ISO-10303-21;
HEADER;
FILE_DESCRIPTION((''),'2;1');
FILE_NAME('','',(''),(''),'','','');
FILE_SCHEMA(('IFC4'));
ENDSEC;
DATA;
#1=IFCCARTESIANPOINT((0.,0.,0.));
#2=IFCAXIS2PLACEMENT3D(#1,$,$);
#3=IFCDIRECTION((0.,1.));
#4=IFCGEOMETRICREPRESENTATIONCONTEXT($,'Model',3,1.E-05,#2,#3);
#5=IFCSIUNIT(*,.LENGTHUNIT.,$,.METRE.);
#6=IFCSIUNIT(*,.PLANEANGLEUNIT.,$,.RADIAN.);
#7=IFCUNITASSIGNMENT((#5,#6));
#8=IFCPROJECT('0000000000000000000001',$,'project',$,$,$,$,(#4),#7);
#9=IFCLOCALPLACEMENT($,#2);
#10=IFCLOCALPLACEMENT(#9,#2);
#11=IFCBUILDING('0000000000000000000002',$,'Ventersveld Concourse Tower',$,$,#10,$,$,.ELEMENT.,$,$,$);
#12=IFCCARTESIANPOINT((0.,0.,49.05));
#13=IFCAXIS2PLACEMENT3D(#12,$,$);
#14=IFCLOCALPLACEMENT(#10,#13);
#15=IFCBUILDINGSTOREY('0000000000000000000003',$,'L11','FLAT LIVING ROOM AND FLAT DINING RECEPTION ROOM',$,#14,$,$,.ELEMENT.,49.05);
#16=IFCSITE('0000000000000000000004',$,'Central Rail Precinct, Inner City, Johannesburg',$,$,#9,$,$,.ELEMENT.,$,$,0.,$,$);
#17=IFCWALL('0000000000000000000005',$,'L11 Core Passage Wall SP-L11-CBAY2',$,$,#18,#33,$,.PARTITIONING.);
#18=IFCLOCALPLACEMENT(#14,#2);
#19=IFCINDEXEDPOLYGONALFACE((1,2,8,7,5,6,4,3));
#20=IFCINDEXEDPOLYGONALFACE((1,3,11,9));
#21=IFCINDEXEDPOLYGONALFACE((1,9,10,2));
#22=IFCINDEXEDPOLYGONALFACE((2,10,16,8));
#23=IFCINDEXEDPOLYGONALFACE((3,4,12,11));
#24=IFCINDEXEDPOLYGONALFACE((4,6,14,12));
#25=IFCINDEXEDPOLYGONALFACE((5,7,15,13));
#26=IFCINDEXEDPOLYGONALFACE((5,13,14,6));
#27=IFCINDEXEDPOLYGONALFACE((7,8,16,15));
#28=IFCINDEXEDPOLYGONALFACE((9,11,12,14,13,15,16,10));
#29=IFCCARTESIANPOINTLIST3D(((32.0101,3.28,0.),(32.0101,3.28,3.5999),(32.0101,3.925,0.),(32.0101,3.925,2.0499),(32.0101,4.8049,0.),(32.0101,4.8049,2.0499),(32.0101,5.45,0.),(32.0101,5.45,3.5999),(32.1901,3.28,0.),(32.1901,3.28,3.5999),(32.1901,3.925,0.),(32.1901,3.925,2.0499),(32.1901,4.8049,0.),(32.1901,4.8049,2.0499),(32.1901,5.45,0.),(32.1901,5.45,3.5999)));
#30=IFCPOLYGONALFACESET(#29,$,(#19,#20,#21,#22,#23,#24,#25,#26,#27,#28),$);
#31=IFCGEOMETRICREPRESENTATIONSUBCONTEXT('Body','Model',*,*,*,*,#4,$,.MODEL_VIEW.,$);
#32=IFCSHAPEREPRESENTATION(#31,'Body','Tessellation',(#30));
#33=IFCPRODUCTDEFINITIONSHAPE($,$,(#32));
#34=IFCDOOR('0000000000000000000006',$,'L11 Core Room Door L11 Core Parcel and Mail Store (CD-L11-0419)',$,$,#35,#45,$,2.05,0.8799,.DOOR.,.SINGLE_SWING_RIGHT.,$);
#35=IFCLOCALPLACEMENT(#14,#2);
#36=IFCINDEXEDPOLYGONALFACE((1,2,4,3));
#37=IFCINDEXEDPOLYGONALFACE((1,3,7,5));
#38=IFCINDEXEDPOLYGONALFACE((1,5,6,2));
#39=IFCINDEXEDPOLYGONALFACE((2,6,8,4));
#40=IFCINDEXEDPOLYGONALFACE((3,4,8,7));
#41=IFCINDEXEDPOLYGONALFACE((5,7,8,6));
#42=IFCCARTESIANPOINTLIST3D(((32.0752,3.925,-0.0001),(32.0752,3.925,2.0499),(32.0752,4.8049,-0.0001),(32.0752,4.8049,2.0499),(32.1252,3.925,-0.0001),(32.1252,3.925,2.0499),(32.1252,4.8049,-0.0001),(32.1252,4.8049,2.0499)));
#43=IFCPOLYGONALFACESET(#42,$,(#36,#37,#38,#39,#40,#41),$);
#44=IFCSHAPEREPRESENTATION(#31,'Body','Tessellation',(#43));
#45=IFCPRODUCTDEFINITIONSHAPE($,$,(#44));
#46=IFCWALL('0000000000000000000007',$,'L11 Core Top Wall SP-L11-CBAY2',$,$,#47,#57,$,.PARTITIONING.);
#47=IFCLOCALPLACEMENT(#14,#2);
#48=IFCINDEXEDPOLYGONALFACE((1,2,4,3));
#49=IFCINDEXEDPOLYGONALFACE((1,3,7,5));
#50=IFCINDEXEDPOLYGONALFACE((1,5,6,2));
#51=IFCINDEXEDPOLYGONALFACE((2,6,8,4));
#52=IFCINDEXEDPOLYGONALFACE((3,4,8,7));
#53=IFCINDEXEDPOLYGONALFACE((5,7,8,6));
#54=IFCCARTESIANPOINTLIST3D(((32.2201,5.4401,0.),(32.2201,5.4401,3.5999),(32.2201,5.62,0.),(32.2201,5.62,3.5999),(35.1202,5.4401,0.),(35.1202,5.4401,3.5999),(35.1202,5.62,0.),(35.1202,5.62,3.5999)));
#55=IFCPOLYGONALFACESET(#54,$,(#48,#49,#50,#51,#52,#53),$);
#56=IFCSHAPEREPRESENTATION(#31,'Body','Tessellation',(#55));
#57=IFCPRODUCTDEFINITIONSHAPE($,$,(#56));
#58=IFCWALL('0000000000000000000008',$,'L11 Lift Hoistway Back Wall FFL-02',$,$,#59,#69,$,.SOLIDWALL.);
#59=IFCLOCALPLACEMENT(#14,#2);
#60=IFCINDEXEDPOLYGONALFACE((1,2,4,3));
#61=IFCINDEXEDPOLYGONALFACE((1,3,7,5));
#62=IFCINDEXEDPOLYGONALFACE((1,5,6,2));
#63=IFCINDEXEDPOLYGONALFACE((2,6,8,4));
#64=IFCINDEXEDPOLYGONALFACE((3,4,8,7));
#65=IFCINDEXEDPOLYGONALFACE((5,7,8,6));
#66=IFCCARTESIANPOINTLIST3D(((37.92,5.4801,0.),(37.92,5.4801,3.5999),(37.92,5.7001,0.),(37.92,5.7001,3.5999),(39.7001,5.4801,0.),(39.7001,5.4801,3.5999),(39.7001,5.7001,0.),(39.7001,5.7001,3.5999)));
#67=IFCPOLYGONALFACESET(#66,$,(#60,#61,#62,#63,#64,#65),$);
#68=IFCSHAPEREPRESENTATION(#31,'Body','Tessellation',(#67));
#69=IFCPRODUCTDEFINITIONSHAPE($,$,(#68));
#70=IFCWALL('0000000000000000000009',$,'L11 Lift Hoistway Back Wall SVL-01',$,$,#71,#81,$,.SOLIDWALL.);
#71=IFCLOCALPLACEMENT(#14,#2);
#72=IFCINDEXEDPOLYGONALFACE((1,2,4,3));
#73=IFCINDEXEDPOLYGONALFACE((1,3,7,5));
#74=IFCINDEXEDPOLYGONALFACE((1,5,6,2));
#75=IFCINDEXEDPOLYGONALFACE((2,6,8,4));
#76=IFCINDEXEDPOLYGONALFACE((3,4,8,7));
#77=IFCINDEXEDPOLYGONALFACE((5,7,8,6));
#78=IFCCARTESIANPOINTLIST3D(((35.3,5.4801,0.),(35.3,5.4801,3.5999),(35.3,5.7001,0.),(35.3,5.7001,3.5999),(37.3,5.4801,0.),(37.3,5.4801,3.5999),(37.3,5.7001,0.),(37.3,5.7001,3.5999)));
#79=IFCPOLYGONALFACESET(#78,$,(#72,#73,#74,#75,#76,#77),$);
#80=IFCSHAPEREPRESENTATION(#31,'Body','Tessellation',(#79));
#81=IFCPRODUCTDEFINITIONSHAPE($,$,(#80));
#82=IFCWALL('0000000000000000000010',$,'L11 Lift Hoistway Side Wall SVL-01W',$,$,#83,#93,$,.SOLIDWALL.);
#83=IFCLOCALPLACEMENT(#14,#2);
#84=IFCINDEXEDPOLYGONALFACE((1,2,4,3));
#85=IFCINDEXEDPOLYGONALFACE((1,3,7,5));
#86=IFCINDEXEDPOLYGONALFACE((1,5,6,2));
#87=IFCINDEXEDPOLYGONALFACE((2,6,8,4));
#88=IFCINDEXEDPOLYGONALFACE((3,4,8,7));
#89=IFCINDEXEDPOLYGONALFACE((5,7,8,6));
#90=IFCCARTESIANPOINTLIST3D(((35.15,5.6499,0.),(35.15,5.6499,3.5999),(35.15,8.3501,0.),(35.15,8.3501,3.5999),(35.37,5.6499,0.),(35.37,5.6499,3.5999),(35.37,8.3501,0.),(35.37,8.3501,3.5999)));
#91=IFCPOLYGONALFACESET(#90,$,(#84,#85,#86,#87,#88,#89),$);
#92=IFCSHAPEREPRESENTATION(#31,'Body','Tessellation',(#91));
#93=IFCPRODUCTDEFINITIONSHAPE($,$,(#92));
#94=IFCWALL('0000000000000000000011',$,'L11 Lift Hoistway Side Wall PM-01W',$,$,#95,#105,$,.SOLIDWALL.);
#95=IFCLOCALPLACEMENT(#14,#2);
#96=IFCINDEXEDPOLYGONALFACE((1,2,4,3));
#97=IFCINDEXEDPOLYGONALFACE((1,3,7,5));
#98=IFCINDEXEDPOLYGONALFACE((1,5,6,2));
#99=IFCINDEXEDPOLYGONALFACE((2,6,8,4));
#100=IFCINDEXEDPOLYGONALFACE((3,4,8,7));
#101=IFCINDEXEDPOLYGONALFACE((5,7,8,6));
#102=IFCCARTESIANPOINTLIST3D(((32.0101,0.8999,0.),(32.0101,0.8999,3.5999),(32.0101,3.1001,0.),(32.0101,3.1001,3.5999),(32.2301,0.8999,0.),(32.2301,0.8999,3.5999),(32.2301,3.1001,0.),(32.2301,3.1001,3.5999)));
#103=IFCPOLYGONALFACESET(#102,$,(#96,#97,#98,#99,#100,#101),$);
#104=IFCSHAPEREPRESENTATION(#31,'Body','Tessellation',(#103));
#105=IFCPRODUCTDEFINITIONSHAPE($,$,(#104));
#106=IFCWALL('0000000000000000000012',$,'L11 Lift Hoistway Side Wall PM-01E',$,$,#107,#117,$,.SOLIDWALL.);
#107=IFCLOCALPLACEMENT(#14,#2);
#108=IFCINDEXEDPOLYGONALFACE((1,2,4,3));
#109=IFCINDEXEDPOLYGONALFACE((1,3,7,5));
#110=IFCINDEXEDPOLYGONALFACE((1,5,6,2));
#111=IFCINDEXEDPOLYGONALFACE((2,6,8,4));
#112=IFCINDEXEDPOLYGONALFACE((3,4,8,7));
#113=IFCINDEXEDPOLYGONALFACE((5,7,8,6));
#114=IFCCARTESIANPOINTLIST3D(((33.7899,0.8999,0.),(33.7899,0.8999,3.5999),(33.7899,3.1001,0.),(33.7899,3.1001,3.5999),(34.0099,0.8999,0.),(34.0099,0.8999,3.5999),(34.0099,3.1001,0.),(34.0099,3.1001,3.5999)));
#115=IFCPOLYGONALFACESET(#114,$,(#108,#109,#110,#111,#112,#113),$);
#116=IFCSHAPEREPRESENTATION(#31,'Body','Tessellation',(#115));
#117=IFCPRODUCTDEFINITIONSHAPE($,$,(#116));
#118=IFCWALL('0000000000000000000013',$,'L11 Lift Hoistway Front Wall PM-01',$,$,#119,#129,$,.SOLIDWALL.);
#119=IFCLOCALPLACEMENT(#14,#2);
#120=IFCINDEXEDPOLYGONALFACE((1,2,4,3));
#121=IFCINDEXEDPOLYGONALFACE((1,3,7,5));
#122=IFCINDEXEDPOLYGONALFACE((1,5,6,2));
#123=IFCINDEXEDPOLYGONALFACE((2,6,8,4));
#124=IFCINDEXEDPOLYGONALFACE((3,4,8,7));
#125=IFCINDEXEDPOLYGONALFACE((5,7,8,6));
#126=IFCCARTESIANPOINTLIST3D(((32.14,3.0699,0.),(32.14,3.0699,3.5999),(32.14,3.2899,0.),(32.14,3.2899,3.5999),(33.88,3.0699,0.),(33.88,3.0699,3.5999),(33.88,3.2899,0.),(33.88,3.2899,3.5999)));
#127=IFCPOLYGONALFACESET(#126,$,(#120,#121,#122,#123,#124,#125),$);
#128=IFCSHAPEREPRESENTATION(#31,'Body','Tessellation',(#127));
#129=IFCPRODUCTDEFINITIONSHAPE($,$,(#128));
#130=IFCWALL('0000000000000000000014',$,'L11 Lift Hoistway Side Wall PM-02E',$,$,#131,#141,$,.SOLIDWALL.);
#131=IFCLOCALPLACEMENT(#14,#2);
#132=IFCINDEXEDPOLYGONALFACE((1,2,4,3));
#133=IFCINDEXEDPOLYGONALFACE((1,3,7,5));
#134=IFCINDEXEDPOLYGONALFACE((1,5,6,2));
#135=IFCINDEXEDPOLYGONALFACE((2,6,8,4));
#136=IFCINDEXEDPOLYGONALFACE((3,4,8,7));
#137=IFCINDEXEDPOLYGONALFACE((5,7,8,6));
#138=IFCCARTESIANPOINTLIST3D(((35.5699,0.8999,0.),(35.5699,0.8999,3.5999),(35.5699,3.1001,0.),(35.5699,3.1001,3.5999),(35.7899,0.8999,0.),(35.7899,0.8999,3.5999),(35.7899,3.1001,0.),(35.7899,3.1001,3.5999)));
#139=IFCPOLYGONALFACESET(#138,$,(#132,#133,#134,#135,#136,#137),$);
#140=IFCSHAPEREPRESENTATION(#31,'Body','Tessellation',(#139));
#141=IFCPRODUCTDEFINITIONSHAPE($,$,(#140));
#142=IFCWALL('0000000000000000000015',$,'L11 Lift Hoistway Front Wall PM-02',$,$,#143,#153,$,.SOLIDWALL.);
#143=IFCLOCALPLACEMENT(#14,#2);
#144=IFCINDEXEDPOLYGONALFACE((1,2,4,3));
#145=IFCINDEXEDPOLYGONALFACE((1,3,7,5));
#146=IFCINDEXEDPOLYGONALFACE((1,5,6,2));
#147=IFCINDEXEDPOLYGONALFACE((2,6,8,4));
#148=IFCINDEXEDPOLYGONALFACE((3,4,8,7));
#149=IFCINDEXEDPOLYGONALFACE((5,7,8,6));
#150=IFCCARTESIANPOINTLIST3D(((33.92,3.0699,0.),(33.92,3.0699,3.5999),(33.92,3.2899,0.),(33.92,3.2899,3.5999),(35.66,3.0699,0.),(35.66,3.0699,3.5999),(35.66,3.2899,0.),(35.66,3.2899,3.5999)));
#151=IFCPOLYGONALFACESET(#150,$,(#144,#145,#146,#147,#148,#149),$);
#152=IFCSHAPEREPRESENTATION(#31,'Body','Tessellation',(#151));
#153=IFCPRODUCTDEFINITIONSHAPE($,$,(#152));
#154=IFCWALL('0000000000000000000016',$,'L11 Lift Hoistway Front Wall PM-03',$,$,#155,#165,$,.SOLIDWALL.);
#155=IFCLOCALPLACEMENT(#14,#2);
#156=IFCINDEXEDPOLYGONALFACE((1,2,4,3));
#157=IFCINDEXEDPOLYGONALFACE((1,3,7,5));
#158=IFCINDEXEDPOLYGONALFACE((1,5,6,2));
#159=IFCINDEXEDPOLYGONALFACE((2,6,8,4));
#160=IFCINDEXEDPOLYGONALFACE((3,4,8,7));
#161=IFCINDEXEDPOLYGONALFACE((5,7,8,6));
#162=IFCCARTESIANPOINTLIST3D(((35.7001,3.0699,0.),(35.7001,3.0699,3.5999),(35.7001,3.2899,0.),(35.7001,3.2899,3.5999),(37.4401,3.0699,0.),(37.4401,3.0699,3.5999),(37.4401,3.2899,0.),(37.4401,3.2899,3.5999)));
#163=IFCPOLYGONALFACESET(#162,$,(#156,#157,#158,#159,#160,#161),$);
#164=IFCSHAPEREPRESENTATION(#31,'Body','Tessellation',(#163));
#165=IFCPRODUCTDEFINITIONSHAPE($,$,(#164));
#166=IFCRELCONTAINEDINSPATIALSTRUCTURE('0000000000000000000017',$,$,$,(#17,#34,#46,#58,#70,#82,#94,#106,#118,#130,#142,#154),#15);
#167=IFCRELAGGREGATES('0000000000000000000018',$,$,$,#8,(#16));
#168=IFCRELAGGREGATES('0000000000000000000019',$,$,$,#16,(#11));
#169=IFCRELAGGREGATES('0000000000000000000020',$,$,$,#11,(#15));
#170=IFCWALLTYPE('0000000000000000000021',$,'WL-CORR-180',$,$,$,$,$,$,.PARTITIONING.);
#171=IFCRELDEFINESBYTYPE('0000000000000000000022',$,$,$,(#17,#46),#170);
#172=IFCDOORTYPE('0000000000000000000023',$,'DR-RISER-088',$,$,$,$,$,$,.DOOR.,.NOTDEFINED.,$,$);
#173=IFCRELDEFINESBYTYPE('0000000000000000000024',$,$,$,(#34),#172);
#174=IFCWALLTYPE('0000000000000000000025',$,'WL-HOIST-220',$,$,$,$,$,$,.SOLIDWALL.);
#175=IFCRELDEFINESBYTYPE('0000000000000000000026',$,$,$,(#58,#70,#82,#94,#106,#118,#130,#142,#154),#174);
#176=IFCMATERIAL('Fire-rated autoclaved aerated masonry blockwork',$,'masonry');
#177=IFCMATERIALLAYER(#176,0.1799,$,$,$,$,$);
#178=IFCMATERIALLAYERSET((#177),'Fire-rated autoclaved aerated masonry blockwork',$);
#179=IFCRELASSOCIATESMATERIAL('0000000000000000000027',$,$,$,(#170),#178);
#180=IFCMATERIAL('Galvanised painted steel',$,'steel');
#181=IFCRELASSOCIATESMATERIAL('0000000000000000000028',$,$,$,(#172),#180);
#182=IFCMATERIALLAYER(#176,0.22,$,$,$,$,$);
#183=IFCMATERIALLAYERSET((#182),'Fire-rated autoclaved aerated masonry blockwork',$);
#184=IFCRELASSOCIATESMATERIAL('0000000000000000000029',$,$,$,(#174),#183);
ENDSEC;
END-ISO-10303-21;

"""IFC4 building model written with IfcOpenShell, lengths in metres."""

from ifc_helpers import new_model, si_unit, direction, frame, frame_2d, origin, place, context, subcontext, project, spatial, rectangle, extrude, material, layer, layer_set, type_object, element, fill, save


model = new_model("IFC4")

# Units and contexts
model_context = context("Model", 3, precision=1e-05, world=origin(), true_north=direction((0.0, 1.0)))
body_context = subcontext(model_context, "Body", "Model", "MODEL_VIEW")
ifc_project = project(units=[si_unit("LENGTHUNIT", "METRE"), si_unit("PLANEANGLEUNIT", "RADIAN")], contexts=[model_context])

# Site, building, storey
site_placement = place(None, origin())
site = spatial("IfcSite", under=ifc_project, at=site_placement, Name="Central Rail Precinct, Inner City, Johannesburg", CompositionType="ELEMENT", RefElevation=0.0)
building_placement = place(site_placement, origin())
building = spatial("IfcBuilding", under=site, at=building_placement, Name="Ventersveld Concourse Tower", CompositionType="ELEMENT")
storey_placement = place(building_placement, frame((0.0, 0.0, 49.05)))
storey = spatial("IfcBuildingStorey", under=building, at=storey_placement, Name="L11", Description="FLAT LIVING ROOM AND FLAT DINING RECEPTION ROOM", CompositionType="ELEMENT", Elevation=49.05)

# Wall, opening, door
ifc_material_1 = material(Name="Fire-rated autoclaved aerated masonry blockwork", Category="masonry")
ifc_layer_1 = layer(ifc_material_1, 0.1799)
ifc_layer_set_1 = layer_set([ifc_layer_1], Name="Fire-rated autoclaved aerated masonry blockwork")
wall_type_1 = type_object("IfcWallType", Name="WL-CORR-180", PredefinedType="PARTITIONING", material=ifc_layer_set_1)
wall_1_placement = place(storey_placement, frame((32.1001, 3.28, 0.0), z_axis=(0.0, 0.0, 1.0), x_axis=(0.0, 1.0, 0.0)))
wall_1 = element("IfcWall", 1, at=wall_1_placement, inside=storey, type_object=wall_type_1, Name="L11 Core Passage Wall SP-L11-CBAY2", PredefinedType="PARTITIONING", context=body_context, shape_type="SweptSolid", body=[
    extrude(rectangle(XDim=2.1699, YDim=0.1799, at=frame_2d((1.085, 0.0))), origin(), (0.0, 0.0, 1.0), 3.5999),
])
opening_placement = place(wall_1_placement, frame((0.645, 0.0, 0.0)))
opening = element("IfcOpeningElement", 2, at=opening_placement, cuts=wall_1, PredefinedType="OPENING", context=body_context, shape_type="SweptSolid", body=[
    extrude(rectangle(XDim=0.8799, YDim=2.05, at=frame_2d((0.4399, 1.0249))), frame((0.0, 0.1001, 0.0), z_axis=(0.0, -1.0, 0.0), x_axis=(1.0, 0.0, 0.0)), (0.0, 0.0, 1.0), 0.2),
])
ifc_material_2 = material(Name="Galvanised painted steel", Category="steel")
door_type = type_object("IfcDoorType", Name="DR-RISER-088", OperationType="NOTDEFINED", PredefinedType="DOOR", material=ifc_material_2)
door_placement = place(opening_placement, origin())
door = element("IfcDoor", 3, at=door_placement, inside=storey, type_object=door_type, Name="L11 Core Room Door L11 Core Parcel and Mail Store (CD-L11-0419)", OperationType="SINGLE_SWING_RIGHT", OverallHeight=2.05, OverallWidth=0.8799, PredefinedType="DOOR", context=body_context, shape_type="SweptSolid", body=[
    extrude(rectangle(XDim=0.8799, YDim=2.05, at=frame_2d((0.4399, 1.0249))), frame((0.0, 0.0249, 0.0), z_axis=(0.0, -1.0, 0.0), x_axis=(1.0, 0.0, 0.0)), (0.0, 0.0, 1.0), 0.05),
])
fill(opening, door)

# Walls
wall_2_placement = place(storey_placement, frame((32.22, 5.53, 0.0), z_axis=(0.0, 0.0, 1.0), x_axis=(1.0, 0.0, 0.0)))
element("IfcWall", 4, at=wall_2_placement, inside=storey, type_object=wall_type_1, Name="L11 Core Top Wall SP-L11-CBAY2", PredefinedType="PARTITIONING", context=body_context, shape_type="SweptSolid", body=[
    extrude(rectangle(XDim=2.9001, YDim=0.1799, at=frame_2d((1.4502, 0.0))), origin(), (0.0, 0.0, 1.0), 3.5999),
])
ifc_layer_2 = layer(ifc_material_1, 0.22)
ifc_layer_set_2 = layer_set([ifc_layer_2], Name="Fire-rated autoclaved aerated masonry blockwork")
wall_type_2 = type_object("IfcWallType", Name="WL-HOIST-220", PredefinedType="SOLIDWALL", material=ifc_layer_set_2)
wall_3_placement = place(storey_placement, frame((37.9199, 5.5901, 0.0), z_axis=(0.0, 0.0, 1.0), x_axis=(1.0, 0.0, 0.0)))
element("IfcWall", 5, at=wall_3_placement, inside=storey, type_object=wall_type_2, Name="L11 Lift Hoistway Back Wall FFL-02", PredefinedType="SOLIDWALL", context=body_context, shape_type="SweptSolid", body=[
    extrude(rectangle(XDim=1.78, YDim=0.22, at=frame_2d((0.8901, 0.0))), origin(), (0.0, 0.0, 1.0), 3.5999),
])
wall_4_placement = place(storey_placement, frame((35.3, 5.5901, 0.0), z_axis=(0.0, 0.0, 1.0), x_axis=(1.0, 0.0, 0.0)))
element("IfcWall", 6, at=wall_4_placement, inside=storey, type_object=wall_type_2, Name="L11 Lift Hoistway Back Wall SVL-01", PredefinedType="SOLIDWALL", context=body_context, shape_type="SweptSolid", body=[
    extrude(rectangle(XDim=2.0, YDim=0.22, at=frame_2d((1.0, 0.0))), origin(), (0.0, 0.0, 1.0), 3.5999),
])
wall_5_placement = place(storey_placement, frame((35.26, 5.6499, 0.0), z_axis=(0.0, 0.0, 1.0), x_axis=(0.0, 1.0, 0.0)))
element("IfcWall", 7, at=wall_5_placement, inside=storey, type_object=wall_type_2, Name="L11 Lift Hoistway Side Wall SVL-01W", PredefinedType="SOLIDWALL", context=body_context, shape_type="SweptSolid", body=[
    extrude(rectangle(XDim=2.7002, YDim=0.22, at=frame_2d((1.3501, 0.0))), origin(), (0.0, 0.0, 1.0), 3.5999),
])
for number, where, z_axis, x_axis, name in (
    (8, (32.1201, 0.8999, 0.0), (0.0, 0.0, 1.0), (0.0, 1.0, 0.0), "L11 Lift Hoistway Side Wall PM-01W"),
    (9, (33.8999, 0.8999, 0.0), (0.0, 0.0, 1.0), (0.0, 1.0, 0.0), "L11 Lift Hoistway Side Wall PM-01E"),
):
    element("IfcWall", number, at=place(storey_placement, frame(where, z_axis=z_axis, x_axis=x_axis)), inside=storey, type_object=wall_type_2, Name=name, PredefinedType="SOLIDWALL", context=body_context, shape_type="SweptSolid", body=[
        extrude(rectangle(XDim=2.2002, YDim=0.22, at=frame_2d((1.1001, 0.0))), origin(), (0.0, 0.0, 1.0), 3.5999),
    ])
wall_6_placement = place(storey_placement, frame((32.1399, 3.1799, 0.0), z_axis=(0.0, 0.0, 1.0), x_axis=(1.0, 0.0, 0.0)))
element("IfcWall", 10, at=wall_6_placement, inside=storey, type_object=wall_type_2, Name="L11 Lift Hoistway Front Wall PM-01", PredefinedType="SOLIDWALL", context=body_context, shape_type="SweptSolid", body=[
    extrude(rectangle(XDim=1.74, YDim=0.22, at=frame_2d((0.8701, 0.0))), origin(), (0.0, 0.0, 1.0), 3.5999),
])
wall_7_placement = place(storey_placement, frame((35.6799, 0.8999, 0.0), z_axis=(0.0, 0.0, 1.0), x_axis=(0.0, 1.0, 0.0)))
element("IfcWall", 11, at=wall_7_placement, inside=storey, type_object=wall_type_2, Name="L11 Lift Hoistway Side Wall PM-02E", PredefinedType="SOLIDWALL", context=body_context, shape_type="SweptSolid", body=[
    extrude(rectangle(XDim=2.2002, YDim=0.22, at=frame_2d((1.1001, 0.0))), origin(), (0.0, 0.0, 1.0), 3.5999),
])
for number, where, z_axis, x_axis, name in (
    (12, (33.9199, 3.1799, 0.0), (0.0, 0.0, 1.0), (1.0, 0.0, 0.0), "L11 Lift Hoistway Front Wall PM-02"),
    (13, (35.7, 3.1799, 0.0), (0.0, 0.0, 1.0), (1.0, 0.0, 0.0), "L11 Lift Hoistway Front Wall PM-03"),
):
    element("IfcWall", number, at=place(storey_placement, frame(where, z_axis=z_axis, x_axis=x_axis)), inside=storey, type_object=wall_type_2, Name=name, PredefinedType="SOLIDWALL", context=body_context, shape_type="SweptSolid", body=[
        extrude(rectangle(XDim=1.74, YDim=0.22, at=frame_2d((0.8701, 0.0))), origin(), (0.0, 0.0, 1.0), 3.5999),
    ])

save(model, "model.ifc")
